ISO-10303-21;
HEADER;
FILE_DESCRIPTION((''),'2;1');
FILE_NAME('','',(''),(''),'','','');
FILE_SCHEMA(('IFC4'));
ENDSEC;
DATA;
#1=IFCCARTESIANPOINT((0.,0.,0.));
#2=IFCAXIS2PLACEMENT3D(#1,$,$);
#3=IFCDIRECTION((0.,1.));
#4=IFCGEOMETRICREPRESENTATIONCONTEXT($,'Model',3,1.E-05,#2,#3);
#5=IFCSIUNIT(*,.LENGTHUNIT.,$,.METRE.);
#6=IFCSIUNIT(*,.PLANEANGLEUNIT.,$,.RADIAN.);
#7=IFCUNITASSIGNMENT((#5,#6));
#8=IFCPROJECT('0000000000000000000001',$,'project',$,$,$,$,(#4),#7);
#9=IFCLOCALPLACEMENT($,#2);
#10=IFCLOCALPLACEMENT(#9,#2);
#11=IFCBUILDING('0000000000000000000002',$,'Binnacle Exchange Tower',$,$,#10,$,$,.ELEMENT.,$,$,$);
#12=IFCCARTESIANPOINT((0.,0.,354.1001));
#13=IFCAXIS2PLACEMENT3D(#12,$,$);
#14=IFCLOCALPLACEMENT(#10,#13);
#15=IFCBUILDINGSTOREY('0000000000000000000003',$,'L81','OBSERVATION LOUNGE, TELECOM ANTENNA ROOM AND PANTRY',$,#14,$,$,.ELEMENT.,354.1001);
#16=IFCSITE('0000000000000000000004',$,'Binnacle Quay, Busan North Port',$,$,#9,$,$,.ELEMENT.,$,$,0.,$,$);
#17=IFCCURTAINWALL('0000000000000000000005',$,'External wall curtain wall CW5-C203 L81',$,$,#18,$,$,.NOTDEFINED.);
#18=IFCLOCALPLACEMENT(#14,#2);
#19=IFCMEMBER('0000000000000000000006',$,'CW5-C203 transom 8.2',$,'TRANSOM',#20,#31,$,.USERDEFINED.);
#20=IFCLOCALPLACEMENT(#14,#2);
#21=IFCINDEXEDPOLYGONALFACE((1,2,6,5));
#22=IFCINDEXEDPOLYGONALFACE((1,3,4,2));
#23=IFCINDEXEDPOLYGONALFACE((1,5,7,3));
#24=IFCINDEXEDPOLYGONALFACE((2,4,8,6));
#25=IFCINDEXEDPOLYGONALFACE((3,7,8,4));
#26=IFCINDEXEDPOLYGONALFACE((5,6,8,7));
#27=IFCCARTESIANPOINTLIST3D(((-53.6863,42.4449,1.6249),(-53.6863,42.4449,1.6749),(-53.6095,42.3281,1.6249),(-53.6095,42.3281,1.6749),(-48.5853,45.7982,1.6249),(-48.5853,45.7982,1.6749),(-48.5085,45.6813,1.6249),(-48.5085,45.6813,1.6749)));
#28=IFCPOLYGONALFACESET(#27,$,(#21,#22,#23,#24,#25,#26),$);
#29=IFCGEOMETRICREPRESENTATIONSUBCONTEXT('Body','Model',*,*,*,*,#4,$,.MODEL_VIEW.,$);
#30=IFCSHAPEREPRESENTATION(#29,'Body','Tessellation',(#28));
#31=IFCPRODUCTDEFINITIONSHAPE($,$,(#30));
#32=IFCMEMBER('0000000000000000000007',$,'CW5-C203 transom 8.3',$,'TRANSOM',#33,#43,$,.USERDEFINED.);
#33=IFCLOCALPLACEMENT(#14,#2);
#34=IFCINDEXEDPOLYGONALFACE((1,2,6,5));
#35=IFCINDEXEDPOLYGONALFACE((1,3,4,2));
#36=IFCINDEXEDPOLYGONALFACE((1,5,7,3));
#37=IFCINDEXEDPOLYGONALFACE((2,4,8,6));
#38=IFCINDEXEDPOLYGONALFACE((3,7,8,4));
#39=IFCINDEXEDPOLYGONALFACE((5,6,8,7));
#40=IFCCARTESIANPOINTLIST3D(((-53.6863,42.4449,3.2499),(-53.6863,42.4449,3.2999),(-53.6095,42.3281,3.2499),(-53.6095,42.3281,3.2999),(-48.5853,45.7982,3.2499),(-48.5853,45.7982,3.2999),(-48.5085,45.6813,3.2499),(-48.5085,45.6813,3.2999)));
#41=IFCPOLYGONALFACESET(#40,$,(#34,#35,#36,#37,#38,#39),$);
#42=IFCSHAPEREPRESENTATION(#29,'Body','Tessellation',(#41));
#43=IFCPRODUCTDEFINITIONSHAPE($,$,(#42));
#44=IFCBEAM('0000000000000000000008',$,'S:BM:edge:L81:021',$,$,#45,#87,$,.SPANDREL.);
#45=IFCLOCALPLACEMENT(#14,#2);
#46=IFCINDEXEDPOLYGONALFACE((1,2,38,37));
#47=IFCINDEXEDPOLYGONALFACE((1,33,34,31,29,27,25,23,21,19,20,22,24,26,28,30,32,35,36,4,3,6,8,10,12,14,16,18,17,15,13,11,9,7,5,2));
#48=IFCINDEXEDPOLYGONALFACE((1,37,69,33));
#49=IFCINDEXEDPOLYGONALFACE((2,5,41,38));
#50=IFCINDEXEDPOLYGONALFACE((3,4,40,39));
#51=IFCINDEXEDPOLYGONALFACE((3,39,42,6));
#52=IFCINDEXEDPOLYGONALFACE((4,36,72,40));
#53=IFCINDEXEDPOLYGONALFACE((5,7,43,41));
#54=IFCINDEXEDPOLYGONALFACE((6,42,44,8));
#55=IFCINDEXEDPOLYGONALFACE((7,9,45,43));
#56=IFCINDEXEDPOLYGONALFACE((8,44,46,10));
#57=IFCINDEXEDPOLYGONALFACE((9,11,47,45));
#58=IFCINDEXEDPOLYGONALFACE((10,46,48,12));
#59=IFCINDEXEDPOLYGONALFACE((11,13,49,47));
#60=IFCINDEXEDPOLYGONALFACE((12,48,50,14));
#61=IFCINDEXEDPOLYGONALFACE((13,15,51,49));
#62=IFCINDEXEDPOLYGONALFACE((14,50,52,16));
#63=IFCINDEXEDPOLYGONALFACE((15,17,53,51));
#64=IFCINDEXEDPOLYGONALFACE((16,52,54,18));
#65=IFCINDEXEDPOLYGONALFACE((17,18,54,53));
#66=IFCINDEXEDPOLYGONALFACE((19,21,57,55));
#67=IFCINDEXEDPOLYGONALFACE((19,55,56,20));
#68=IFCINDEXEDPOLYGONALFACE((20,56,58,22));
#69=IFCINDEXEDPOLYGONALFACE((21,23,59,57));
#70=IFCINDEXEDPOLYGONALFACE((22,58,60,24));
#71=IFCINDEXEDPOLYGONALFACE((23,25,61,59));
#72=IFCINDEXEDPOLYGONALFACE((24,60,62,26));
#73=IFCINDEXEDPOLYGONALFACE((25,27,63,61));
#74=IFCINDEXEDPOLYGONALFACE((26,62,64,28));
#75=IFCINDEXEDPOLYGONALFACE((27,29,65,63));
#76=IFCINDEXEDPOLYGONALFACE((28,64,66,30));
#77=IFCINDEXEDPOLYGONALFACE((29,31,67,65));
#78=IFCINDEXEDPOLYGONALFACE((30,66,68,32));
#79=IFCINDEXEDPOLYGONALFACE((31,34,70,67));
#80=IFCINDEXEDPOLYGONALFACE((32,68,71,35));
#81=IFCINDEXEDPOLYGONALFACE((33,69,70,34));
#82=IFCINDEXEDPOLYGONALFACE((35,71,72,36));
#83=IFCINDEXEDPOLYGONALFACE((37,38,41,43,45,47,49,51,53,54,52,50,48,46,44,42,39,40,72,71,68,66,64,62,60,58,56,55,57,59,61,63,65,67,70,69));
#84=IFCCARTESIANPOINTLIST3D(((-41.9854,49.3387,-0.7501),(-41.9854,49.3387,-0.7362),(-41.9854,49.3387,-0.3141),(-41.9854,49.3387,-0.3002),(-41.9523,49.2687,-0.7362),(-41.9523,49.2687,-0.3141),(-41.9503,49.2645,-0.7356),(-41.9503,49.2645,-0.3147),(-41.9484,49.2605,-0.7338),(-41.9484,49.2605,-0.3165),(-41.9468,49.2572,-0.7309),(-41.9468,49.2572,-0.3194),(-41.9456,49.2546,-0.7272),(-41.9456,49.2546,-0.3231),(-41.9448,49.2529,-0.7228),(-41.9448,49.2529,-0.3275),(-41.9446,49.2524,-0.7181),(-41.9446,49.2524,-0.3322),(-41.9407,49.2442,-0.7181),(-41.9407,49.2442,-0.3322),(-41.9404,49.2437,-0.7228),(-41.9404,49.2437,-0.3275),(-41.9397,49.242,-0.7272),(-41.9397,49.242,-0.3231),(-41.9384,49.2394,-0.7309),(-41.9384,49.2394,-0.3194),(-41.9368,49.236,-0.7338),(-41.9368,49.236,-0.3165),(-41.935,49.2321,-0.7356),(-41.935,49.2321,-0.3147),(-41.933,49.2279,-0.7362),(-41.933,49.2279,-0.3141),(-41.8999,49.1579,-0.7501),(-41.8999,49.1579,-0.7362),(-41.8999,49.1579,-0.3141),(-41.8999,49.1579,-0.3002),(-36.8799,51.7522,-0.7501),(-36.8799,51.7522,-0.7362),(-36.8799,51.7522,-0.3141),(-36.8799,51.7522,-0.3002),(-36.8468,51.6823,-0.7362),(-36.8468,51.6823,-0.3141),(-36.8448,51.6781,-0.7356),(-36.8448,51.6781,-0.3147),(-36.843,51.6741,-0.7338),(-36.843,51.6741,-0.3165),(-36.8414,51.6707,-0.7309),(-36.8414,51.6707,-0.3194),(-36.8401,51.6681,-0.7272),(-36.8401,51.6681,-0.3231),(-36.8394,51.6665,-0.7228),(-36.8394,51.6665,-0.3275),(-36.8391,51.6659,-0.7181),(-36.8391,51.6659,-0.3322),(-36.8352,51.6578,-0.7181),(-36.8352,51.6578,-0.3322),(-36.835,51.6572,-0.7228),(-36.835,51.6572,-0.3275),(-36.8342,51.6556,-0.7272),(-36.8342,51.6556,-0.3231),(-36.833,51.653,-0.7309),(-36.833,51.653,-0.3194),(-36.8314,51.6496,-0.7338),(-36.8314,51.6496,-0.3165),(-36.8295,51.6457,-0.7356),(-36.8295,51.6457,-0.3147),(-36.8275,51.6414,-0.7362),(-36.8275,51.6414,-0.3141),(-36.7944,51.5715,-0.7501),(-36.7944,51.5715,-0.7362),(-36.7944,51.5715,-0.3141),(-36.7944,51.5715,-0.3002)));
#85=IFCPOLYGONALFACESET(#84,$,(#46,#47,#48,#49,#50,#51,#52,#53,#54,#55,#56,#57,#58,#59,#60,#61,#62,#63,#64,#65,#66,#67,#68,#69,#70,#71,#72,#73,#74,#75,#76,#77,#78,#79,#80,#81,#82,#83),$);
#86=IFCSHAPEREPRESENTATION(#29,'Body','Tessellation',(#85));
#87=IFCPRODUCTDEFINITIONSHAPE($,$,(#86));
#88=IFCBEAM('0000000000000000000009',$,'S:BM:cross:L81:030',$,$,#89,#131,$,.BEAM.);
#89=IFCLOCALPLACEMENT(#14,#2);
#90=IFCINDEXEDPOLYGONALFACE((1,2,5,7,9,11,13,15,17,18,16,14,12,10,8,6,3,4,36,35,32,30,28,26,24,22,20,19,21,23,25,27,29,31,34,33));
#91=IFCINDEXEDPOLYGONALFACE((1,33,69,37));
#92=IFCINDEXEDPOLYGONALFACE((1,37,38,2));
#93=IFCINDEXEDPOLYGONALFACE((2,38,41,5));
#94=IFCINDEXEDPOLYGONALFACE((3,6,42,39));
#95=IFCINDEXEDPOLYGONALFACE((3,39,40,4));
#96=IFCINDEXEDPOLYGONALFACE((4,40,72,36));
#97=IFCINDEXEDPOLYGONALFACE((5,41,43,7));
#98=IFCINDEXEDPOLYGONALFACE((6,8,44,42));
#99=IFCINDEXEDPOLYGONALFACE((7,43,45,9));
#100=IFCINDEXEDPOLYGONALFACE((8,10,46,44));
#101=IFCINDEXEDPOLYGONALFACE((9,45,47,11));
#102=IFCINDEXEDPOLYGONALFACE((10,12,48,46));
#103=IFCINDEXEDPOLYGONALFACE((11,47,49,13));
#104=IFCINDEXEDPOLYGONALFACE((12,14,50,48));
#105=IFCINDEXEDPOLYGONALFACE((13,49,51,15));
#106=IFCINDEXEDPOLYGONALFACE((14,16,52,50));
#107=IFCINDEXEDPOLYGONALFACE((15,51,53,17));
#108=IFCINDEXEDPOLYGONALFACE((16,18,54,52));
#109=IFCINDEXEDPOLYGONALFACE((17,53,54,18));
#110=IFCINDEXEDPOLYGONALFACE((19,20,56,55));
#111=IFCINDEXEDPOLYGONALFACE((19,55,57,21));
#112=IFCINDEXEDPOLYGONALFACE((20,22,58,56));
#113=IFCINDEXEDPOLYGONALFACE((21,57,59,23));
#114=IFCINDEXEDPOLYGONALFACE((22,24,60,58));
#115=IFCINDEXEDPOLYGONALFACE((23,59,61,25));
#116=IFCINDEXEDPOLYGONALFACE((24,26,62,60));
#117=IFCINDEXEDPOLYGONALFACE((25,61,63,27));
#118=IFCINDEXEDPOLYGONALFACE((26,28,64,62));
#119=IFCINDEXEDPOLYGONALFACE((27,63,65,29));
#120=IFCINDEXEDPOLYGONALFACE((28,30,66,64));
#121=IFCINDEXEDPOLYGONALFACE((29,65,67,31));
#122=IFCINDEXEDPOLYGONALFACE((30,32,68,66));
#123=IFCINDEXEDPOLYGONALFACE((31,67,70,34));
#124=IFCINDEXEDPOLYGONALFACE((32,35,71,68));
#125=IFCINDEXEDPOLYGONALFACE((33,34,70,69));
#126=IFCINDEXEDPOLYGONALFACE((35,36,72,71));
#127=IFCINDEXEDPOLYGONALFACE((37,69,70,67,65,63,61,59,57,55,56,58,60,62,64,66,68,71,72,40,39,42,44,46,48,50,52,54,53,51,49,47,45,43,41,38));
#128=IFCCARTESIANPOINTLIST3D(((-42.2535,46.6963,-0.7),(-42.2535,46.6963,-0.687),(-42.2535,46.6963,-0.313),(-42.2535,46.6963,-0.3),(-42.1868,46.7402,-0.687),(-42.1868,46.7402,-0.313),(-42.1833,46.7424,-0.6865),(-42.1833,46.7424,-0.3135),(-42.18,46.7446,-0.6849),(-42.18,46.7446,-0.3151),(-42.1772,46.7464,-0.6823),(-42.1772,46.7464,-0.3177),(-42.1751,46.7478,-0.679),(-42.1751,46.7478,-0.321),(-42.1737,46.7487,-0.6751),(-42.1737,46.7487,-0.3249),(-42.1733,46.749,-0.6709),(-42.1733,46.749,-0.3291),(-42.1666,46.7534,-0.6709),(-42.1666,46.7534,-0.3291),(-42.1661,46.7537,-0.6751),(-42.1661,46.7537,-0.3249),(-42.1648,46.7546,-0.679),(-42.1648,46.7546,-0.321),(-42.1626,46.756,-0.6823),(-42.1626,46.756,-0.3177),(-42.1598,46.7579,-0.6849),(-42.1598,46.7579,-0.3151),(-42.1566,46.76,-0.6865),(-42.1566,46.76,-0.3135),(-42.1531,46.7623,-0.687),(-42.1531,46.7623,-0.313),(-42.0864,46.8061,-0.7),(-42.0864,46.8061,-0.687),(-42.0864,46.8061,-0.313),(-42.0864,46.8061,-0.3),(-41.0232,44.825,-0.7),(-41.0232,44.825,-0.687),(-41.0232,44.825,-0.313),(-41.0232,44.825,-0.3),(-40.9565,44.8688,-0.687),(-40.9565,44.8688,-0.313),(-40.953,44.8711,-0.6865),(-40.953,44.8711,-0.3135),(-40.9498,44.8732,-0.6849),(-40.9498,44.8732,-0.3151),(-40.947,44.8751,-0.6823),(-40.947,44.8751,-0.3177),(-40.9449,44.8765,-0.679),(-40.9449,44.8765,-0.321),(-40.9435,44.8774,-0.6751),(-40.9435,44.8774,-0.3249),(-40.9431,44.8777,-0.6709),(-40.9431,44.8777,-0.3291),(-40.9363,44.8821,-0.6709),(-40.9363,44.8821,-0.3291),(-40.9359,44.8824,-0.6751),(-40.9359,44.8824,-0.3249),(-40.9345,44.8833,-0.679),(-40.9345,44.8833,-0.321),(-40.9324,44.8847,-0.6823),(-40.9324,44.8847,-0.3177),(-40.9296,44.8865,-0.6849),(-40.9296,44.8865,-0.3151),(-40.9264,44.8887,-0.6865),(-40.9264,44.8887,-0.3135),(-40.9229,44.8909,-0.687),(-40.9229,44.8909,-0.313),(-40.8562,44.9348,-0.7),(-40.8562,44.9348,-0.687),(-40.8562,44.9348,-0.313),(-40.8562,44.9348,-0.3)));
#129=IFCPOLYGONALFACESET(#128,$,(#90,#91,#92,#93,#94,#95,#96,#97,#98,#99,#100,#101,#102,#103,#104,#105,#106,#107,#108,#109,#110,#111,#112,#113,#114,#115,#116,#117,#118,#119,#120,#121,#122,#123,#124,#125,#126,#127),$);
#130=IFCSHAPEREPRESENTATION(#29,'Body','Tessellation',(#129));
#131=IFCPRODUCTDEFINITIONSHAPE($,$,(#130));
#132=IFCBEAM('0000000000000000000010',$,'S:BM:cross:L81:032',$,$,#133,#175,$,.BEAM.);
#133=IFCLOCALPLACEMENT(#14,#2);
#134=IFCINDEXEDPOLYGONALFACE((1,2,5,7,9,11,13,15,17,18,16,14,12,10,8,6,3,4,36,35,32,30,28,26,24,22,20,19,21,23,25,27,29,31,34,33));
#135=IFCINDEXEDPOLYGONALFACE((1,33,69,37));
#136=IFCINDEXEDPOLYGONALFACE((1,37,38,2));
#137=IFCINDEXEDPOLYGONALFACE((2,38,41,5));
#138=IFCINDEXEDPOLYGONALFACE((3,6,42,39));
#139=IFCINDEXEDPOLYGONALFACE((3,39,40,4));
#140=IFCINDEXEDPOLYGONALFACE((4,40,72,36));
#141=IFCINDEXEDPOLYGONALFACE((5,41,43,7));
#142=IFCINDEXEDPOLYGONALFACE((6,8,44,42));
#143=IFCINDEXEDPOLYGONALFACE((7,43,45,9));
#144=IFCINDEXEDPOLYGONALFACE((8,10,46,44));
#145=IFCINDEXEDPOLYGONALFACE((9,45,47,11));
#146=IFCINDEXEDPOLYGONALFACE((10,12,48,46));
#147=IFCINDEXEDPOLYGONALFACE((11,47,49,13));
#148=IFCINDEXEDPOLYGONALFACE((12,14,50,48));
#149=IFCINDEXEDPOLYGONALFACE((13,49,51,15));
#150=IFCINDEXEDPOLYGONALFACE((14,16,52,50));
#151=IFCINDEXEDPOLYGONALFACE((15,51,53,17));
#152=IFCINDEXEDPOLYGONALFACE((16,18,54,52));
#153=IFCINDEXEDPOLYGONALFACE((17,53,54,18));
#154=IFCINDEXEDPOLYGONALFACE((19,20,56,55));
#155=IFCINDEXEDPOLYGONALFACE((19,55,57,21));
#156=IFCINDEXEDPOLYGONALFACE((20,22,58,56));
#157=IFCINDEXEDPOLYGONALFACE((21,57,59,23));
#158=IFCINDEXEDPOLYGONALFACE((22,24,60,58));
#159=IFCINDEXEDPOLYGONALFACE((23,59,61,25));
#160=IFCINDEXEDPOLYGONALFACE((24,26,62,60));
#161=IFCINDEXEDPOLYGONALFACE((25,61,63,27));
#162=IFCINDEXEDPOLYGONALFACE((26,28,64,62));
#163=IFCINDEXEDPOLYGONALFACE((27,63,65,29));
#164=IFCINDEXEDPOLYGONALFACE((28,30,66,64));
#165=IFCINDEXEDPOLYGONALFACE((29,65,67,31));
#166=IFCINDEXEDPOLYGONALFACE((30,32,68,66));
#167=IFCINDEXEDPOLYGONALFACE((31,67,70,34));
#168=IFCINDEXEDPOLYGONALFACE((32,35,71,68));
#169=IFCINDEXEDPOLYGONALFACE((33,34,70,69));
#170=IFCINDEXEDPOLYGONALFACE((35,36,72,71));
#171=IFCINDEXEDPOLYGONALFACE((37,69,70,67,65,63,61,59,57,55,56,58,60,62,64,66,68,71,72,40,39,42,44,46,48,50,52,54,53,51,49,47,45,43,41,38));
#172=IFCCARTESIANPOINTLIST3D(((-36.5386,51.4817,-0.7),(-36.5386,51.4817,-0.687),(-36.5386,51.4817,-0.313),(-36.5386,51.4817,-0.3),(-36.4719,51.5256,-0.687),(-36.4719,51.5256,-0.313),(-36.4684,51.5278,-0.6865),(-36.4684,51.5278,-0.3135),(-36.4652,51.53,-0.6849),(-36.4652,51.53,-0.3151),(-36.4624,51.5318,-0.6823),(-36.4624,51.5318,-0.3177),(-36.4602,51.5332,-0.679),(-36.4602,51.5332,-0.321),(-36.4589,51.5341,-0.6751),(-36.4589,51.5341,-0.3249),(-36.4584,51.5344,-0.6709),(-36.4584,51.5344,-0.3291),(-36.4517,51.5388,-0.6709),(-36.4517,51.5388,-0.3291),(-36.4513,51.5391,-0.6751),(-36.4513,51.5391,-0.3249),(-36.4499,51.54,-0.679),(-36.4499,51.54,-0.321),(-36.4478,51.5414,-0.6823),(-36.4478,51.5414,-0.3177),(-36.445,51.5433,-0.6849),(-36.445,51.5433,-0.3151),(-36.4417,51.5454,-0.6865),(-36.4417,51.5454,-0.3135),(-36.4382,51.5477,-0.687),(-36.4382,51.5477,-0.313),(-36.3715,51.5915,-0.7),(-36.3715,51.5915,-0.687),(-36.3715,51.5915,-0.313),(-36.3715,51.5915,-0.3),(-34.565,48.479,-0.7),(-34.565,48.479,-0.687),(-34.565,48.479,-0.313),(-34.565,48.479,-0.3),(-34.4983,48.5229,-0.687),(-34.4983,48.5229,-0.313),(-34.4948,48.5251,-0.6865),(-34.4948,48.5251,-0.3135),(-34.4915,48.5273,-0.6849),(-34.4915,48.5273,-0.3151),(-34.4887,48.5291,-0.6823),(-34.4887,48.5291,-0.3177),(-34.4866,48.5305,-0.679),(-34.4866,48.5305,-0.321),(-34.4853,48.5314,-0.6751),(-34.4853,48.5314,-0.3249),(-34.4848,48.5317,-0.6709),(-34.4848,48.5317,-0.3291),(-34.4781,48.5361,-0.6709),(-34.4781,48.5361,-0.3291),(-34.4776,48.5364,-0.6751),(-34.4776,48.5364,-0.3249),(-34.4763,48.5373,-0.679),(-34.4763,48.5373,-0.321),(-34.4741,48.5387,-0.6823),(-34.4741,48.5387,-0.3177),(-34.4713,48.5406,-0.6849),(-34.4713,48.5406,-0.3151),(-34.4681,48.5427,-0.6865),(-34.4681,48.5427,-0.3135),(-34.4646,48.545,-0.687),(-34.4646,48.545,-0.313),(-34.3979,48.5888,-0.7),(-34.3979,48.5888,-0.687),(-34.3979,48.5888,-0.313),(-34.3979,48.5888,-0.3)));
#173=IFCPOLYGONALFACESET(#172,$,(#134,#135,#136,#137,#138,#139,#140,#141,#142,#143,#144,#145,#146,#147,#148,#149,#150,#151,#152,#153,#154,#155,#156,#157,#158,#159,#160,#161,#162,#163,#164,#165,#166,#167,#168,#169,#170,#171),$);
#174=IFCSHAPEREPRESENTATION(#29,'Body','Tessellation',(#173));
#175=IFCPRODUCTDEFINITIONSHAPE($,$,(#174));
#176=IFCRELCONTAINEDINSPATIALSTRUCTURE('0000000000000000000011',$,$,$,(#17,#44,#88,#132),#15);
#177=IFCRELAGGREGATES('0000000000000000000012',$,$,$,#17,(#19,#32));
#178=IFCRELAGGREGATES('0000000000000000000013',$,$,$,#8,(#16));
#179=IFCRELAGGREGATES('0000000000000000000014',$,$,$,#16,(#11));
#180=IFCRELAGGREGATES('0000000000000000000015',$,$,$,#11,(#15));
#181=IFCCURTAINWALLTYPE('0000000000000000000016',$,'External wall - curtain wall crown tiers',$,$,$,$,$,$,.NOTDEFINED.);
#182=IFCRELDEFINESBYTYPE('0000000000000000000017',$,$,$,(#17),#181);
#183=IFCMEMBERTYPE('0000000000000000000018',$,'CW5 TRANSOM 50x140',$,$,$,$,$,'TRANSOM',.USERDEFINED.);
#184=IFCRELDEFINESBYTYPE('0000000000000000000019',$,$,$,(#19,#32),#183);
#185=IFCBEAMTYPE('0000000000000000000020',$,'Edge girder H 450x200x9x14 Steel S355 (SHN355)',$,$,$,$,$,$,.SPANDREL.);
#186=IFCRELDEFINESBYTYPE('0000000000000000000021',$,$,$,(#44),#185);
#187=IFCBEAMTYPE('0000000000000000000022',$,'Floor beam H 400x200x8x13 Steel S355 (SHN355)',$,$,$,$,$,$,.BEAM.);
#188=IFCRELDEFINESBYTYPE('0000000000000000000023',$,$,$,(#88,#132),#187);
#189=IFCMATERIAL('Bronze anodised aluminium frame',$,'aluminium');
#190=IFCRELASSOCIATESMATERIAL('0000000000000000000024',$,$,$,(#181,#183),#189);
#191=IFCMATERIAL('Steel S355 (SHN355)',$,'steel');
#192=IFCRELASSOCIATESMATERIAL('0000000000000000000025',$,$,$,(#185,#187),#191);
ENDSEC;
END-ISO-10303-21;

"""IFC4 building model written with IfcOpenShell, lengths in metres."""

from ifc_helpers import new_model, si_unit, direction, frame, origin, origin_2d, place, context, subcontext, project, spatial, rectangle, i_section, extrude, material, material_profile, profile_set, type_object, element, aggregate, save


model = new_model("IFC4")

# Units and contexts
model_context = context("Model", 3, precision=1e-05, world=origin(), true_north=direction((0.0, 1.0)))
body_context = subcontext(model_context, "Body", "Model", "MODEL_VIEW")
ifc_project = project(units=[si_unit("LENGTHUNIT", "METRE"), si_unit("PLANEANGLEUNIT", "RADIAN")], contexts=[model_context])

# Site, building, storey
site_placement = place(None, origin())
site = spatial("IfcSite", under=ifc_project, at=site_placement, Name="Binnacle Quay, Busan North Port", CompositionType="ELEMENT", RefElevation=0.0)
building_placement = place(site_placement, origin())
building = spatial("IfcBuilding", under=site, at=building_placement, Name="Binnacle Exchange Tower", CompositionType="ELEMENT")
storey_placement = place(building_placement, frame((0.0, 0.0, 354.1001)))
storey = spatial("IfcBuildingStorey", under=building, at=storey_placement, Name="L81", Description="OBSERVATION LOUNGE, TELECOM ANTENNA ROOM AND PANTRY", CompositionType="ELEMENT", Elevation=354.1001)

# Shared definitions
ifc_material_1 = material(Name="Steel S355 (SHN355)", Category="steel")

# Curtain wall, members
ifc_material_2 = material(Name="Bronze anodised aluminium frame", Category="aluminium")
curtain_wall_type = type_object("IfcCurtainWallType", Name="External wall - curtain wall crown tiers", PredefinedType="NOTDEFINED", material=ifc_material_2)
curtain_wall_placement = place(storey_placement, origin())
curtain_wall = element("IfcCurtainWall", 1, at=curtain_wall_placement, inside=storey, type_object=curtain_wall_type, Name="External wall curtain wall CW5-C203 L81", PredefinedType="NOTDEFINED")
ifc_material_profile_1 = material_profile(ifc_material_2, rectangle(XDim=0.1399, YDim=0.05, at=origin_2d()), Name="AL 140x50")
ifc_profile_set_1 = profile_set([ifc_material_profile_1], Name="Bronze anodised aluminium frame")
member_type_1 = type_object("IfcMemberType", Name="CW5 TRANSOM 50x140", ElementType="TRANSOM", PredefinedType="USERDEFINED", material=ifc_profile_set_1)
member_1_placement = place(storey_placement, frame((-48.5469, 45.7397, 1.6499), z_axis=(-0.83562, -0.549308, 0.0), x_axis=(0.549308, -0.83562, 0.0)))
member_1 = element("IfcMember", 2, at=member_1_placement, type_object=member_type_1, Name="CW5-C203 transom 8.2", ObjectType="TRANSOM", PredefinedType="USERDEFINED", context=body_context, shape_type="SweptSolid", body=[
    extrude(rectangle(XDim=0.1399, YDim=0.05, at=origin_2d()), origin(), (0.0, 0.0, 1.0), 6.1045),
])
member_2_placement = place(storey_placement, frame((-48.5469, 45.7397, 3.2749), z_axis=(-0.83562, -0.549308, 0.0), x_axis=(0.549308, -0.83562, 0.0)))
member_2 = element("IfcMember", 3, at=member_2_placement, type_object=member_type_1, Name="CW5-C203 transom 8.3", ObjectType="TRANSOM", PredefinedType="USERDEFINED", context=body_context, shape_type="SweptSolid", body=[
    extrude(rectangle(XDim=0.1399, YDim=0.05, at=origin_2d()), origin(), (0.0, 0.0, 1.0), 6.1045),
])

# Beams
ifc_material_profile_2 = material_profile(ifc_material_1, i_section(OverallWidth=0.2, OverallDepth=0.45, WebThickness=0.009, FlangeThickness=0.0139, FilletRadius=0.0181, at=origin_2d()), Name="H 450x200x9x14")
ifc_profile_set_2 = profile_set([ifc_material_profile_2], Name="Steel S355 (SHN355)")
beam_type_1 = type_object("IfcBeamType", Name="Edge girder H 450x200x9x14 Steel S355 (SHN355)", PredefinedType="SPANDREL", material=ifc_profile_set_2)
beam_1_placement = place(storey_placement, frame((-41.9426, 49.2483, -0.5251), z_axis=(0.904067, 0.427391, 0.0), x_axis=(-0.427391, 0.904067, 0.0)))
element("IfcBeam", 4, at=beam_1_placement, inside=storey, type_object=beam_type_1, Name="S:BM:edge:L81:021", PredefinedType="SPANDREL", context=body_context, shape_type="SweptSolid", body=[
    extrude(i_section(OverallWidth=0.2, OverallDepth=0.45, WebThickness=0.009, FlangeThickness=0.0139, FilletRadius=0.0181, at=origin_2d()), origin(), (0.0, 0.0, 1.0), 5.6472),
])
ifc_material_profile_3 = material_profile(ifc_material_1, i_section(OverallWidth=0.2, OverallDepth=0.3999, WebThickness=0.0081, FlangeThickness=0.0129, FilletRadius=0.0161, at=origin_2d()), Name="H 400x200x8x13")
ifc_profile_set_3 = profile_set([ifc_material_profile_3], Name="Steel S355 (SHN355)")
beam_type_2 = type_object("IfcBeamType", Name="Floor beam H 400x200x8x13 Steel S355 (SHN355)", PredefinedType="BEAM", material=ifc_profile_set_3)
beam_2_placement = place(storey_placement, frame((-42.1699, 46.7512, -0.5), z_axis=(0.54933, -0.835605, 0.0), x_axis=(0.835605, 0.54933, 0.0)))
element("IfcBeam", 5, at=beam_2_placement, inside=storey, type_object=beam_type_2, Name="S:BM:cross:L81:030", PredefinedType="BEAM", context=body_context, shape_type="SweptSolid", body=[
    extrude(i_section(OverallWidth=0.2, OverallDepth=0.3999, WebThickness=0.0081, FlangeThickness=0.0129, FilletRadius=0.0161, at=origin_2d()), origin(), (0.0, 0.0, 1.0), 2.2395),
])
beam_3_placement = place(storey_placement, frame((-36.4551, 51.5366, -0.5), z_axis=(0.549263, -0.835649, 0.0), x_axis=(0.835649, 0.549263, 0.0)))
element("IfcBeam", 6, at=beam_3_placement, inside=storey, type_object=beam_type_2, Name="S:BM:cross:L81:032", PredefinedType="BEAM", context=body_context, shape_type="SweptSolid", body=[
    extrude(i_section(OverallWidth=0.2, OverallDepth=0.3999, WebThickness=0.0081, FlangeThickness=0.0129, FilletRadius=0.0161, at=origin_2d()), origin(), (0.0, 0.0, 1.0), 3.5933),
])

aggregate(curtain_wall, [member_1, member_2])

save(model, "model.ifc")
